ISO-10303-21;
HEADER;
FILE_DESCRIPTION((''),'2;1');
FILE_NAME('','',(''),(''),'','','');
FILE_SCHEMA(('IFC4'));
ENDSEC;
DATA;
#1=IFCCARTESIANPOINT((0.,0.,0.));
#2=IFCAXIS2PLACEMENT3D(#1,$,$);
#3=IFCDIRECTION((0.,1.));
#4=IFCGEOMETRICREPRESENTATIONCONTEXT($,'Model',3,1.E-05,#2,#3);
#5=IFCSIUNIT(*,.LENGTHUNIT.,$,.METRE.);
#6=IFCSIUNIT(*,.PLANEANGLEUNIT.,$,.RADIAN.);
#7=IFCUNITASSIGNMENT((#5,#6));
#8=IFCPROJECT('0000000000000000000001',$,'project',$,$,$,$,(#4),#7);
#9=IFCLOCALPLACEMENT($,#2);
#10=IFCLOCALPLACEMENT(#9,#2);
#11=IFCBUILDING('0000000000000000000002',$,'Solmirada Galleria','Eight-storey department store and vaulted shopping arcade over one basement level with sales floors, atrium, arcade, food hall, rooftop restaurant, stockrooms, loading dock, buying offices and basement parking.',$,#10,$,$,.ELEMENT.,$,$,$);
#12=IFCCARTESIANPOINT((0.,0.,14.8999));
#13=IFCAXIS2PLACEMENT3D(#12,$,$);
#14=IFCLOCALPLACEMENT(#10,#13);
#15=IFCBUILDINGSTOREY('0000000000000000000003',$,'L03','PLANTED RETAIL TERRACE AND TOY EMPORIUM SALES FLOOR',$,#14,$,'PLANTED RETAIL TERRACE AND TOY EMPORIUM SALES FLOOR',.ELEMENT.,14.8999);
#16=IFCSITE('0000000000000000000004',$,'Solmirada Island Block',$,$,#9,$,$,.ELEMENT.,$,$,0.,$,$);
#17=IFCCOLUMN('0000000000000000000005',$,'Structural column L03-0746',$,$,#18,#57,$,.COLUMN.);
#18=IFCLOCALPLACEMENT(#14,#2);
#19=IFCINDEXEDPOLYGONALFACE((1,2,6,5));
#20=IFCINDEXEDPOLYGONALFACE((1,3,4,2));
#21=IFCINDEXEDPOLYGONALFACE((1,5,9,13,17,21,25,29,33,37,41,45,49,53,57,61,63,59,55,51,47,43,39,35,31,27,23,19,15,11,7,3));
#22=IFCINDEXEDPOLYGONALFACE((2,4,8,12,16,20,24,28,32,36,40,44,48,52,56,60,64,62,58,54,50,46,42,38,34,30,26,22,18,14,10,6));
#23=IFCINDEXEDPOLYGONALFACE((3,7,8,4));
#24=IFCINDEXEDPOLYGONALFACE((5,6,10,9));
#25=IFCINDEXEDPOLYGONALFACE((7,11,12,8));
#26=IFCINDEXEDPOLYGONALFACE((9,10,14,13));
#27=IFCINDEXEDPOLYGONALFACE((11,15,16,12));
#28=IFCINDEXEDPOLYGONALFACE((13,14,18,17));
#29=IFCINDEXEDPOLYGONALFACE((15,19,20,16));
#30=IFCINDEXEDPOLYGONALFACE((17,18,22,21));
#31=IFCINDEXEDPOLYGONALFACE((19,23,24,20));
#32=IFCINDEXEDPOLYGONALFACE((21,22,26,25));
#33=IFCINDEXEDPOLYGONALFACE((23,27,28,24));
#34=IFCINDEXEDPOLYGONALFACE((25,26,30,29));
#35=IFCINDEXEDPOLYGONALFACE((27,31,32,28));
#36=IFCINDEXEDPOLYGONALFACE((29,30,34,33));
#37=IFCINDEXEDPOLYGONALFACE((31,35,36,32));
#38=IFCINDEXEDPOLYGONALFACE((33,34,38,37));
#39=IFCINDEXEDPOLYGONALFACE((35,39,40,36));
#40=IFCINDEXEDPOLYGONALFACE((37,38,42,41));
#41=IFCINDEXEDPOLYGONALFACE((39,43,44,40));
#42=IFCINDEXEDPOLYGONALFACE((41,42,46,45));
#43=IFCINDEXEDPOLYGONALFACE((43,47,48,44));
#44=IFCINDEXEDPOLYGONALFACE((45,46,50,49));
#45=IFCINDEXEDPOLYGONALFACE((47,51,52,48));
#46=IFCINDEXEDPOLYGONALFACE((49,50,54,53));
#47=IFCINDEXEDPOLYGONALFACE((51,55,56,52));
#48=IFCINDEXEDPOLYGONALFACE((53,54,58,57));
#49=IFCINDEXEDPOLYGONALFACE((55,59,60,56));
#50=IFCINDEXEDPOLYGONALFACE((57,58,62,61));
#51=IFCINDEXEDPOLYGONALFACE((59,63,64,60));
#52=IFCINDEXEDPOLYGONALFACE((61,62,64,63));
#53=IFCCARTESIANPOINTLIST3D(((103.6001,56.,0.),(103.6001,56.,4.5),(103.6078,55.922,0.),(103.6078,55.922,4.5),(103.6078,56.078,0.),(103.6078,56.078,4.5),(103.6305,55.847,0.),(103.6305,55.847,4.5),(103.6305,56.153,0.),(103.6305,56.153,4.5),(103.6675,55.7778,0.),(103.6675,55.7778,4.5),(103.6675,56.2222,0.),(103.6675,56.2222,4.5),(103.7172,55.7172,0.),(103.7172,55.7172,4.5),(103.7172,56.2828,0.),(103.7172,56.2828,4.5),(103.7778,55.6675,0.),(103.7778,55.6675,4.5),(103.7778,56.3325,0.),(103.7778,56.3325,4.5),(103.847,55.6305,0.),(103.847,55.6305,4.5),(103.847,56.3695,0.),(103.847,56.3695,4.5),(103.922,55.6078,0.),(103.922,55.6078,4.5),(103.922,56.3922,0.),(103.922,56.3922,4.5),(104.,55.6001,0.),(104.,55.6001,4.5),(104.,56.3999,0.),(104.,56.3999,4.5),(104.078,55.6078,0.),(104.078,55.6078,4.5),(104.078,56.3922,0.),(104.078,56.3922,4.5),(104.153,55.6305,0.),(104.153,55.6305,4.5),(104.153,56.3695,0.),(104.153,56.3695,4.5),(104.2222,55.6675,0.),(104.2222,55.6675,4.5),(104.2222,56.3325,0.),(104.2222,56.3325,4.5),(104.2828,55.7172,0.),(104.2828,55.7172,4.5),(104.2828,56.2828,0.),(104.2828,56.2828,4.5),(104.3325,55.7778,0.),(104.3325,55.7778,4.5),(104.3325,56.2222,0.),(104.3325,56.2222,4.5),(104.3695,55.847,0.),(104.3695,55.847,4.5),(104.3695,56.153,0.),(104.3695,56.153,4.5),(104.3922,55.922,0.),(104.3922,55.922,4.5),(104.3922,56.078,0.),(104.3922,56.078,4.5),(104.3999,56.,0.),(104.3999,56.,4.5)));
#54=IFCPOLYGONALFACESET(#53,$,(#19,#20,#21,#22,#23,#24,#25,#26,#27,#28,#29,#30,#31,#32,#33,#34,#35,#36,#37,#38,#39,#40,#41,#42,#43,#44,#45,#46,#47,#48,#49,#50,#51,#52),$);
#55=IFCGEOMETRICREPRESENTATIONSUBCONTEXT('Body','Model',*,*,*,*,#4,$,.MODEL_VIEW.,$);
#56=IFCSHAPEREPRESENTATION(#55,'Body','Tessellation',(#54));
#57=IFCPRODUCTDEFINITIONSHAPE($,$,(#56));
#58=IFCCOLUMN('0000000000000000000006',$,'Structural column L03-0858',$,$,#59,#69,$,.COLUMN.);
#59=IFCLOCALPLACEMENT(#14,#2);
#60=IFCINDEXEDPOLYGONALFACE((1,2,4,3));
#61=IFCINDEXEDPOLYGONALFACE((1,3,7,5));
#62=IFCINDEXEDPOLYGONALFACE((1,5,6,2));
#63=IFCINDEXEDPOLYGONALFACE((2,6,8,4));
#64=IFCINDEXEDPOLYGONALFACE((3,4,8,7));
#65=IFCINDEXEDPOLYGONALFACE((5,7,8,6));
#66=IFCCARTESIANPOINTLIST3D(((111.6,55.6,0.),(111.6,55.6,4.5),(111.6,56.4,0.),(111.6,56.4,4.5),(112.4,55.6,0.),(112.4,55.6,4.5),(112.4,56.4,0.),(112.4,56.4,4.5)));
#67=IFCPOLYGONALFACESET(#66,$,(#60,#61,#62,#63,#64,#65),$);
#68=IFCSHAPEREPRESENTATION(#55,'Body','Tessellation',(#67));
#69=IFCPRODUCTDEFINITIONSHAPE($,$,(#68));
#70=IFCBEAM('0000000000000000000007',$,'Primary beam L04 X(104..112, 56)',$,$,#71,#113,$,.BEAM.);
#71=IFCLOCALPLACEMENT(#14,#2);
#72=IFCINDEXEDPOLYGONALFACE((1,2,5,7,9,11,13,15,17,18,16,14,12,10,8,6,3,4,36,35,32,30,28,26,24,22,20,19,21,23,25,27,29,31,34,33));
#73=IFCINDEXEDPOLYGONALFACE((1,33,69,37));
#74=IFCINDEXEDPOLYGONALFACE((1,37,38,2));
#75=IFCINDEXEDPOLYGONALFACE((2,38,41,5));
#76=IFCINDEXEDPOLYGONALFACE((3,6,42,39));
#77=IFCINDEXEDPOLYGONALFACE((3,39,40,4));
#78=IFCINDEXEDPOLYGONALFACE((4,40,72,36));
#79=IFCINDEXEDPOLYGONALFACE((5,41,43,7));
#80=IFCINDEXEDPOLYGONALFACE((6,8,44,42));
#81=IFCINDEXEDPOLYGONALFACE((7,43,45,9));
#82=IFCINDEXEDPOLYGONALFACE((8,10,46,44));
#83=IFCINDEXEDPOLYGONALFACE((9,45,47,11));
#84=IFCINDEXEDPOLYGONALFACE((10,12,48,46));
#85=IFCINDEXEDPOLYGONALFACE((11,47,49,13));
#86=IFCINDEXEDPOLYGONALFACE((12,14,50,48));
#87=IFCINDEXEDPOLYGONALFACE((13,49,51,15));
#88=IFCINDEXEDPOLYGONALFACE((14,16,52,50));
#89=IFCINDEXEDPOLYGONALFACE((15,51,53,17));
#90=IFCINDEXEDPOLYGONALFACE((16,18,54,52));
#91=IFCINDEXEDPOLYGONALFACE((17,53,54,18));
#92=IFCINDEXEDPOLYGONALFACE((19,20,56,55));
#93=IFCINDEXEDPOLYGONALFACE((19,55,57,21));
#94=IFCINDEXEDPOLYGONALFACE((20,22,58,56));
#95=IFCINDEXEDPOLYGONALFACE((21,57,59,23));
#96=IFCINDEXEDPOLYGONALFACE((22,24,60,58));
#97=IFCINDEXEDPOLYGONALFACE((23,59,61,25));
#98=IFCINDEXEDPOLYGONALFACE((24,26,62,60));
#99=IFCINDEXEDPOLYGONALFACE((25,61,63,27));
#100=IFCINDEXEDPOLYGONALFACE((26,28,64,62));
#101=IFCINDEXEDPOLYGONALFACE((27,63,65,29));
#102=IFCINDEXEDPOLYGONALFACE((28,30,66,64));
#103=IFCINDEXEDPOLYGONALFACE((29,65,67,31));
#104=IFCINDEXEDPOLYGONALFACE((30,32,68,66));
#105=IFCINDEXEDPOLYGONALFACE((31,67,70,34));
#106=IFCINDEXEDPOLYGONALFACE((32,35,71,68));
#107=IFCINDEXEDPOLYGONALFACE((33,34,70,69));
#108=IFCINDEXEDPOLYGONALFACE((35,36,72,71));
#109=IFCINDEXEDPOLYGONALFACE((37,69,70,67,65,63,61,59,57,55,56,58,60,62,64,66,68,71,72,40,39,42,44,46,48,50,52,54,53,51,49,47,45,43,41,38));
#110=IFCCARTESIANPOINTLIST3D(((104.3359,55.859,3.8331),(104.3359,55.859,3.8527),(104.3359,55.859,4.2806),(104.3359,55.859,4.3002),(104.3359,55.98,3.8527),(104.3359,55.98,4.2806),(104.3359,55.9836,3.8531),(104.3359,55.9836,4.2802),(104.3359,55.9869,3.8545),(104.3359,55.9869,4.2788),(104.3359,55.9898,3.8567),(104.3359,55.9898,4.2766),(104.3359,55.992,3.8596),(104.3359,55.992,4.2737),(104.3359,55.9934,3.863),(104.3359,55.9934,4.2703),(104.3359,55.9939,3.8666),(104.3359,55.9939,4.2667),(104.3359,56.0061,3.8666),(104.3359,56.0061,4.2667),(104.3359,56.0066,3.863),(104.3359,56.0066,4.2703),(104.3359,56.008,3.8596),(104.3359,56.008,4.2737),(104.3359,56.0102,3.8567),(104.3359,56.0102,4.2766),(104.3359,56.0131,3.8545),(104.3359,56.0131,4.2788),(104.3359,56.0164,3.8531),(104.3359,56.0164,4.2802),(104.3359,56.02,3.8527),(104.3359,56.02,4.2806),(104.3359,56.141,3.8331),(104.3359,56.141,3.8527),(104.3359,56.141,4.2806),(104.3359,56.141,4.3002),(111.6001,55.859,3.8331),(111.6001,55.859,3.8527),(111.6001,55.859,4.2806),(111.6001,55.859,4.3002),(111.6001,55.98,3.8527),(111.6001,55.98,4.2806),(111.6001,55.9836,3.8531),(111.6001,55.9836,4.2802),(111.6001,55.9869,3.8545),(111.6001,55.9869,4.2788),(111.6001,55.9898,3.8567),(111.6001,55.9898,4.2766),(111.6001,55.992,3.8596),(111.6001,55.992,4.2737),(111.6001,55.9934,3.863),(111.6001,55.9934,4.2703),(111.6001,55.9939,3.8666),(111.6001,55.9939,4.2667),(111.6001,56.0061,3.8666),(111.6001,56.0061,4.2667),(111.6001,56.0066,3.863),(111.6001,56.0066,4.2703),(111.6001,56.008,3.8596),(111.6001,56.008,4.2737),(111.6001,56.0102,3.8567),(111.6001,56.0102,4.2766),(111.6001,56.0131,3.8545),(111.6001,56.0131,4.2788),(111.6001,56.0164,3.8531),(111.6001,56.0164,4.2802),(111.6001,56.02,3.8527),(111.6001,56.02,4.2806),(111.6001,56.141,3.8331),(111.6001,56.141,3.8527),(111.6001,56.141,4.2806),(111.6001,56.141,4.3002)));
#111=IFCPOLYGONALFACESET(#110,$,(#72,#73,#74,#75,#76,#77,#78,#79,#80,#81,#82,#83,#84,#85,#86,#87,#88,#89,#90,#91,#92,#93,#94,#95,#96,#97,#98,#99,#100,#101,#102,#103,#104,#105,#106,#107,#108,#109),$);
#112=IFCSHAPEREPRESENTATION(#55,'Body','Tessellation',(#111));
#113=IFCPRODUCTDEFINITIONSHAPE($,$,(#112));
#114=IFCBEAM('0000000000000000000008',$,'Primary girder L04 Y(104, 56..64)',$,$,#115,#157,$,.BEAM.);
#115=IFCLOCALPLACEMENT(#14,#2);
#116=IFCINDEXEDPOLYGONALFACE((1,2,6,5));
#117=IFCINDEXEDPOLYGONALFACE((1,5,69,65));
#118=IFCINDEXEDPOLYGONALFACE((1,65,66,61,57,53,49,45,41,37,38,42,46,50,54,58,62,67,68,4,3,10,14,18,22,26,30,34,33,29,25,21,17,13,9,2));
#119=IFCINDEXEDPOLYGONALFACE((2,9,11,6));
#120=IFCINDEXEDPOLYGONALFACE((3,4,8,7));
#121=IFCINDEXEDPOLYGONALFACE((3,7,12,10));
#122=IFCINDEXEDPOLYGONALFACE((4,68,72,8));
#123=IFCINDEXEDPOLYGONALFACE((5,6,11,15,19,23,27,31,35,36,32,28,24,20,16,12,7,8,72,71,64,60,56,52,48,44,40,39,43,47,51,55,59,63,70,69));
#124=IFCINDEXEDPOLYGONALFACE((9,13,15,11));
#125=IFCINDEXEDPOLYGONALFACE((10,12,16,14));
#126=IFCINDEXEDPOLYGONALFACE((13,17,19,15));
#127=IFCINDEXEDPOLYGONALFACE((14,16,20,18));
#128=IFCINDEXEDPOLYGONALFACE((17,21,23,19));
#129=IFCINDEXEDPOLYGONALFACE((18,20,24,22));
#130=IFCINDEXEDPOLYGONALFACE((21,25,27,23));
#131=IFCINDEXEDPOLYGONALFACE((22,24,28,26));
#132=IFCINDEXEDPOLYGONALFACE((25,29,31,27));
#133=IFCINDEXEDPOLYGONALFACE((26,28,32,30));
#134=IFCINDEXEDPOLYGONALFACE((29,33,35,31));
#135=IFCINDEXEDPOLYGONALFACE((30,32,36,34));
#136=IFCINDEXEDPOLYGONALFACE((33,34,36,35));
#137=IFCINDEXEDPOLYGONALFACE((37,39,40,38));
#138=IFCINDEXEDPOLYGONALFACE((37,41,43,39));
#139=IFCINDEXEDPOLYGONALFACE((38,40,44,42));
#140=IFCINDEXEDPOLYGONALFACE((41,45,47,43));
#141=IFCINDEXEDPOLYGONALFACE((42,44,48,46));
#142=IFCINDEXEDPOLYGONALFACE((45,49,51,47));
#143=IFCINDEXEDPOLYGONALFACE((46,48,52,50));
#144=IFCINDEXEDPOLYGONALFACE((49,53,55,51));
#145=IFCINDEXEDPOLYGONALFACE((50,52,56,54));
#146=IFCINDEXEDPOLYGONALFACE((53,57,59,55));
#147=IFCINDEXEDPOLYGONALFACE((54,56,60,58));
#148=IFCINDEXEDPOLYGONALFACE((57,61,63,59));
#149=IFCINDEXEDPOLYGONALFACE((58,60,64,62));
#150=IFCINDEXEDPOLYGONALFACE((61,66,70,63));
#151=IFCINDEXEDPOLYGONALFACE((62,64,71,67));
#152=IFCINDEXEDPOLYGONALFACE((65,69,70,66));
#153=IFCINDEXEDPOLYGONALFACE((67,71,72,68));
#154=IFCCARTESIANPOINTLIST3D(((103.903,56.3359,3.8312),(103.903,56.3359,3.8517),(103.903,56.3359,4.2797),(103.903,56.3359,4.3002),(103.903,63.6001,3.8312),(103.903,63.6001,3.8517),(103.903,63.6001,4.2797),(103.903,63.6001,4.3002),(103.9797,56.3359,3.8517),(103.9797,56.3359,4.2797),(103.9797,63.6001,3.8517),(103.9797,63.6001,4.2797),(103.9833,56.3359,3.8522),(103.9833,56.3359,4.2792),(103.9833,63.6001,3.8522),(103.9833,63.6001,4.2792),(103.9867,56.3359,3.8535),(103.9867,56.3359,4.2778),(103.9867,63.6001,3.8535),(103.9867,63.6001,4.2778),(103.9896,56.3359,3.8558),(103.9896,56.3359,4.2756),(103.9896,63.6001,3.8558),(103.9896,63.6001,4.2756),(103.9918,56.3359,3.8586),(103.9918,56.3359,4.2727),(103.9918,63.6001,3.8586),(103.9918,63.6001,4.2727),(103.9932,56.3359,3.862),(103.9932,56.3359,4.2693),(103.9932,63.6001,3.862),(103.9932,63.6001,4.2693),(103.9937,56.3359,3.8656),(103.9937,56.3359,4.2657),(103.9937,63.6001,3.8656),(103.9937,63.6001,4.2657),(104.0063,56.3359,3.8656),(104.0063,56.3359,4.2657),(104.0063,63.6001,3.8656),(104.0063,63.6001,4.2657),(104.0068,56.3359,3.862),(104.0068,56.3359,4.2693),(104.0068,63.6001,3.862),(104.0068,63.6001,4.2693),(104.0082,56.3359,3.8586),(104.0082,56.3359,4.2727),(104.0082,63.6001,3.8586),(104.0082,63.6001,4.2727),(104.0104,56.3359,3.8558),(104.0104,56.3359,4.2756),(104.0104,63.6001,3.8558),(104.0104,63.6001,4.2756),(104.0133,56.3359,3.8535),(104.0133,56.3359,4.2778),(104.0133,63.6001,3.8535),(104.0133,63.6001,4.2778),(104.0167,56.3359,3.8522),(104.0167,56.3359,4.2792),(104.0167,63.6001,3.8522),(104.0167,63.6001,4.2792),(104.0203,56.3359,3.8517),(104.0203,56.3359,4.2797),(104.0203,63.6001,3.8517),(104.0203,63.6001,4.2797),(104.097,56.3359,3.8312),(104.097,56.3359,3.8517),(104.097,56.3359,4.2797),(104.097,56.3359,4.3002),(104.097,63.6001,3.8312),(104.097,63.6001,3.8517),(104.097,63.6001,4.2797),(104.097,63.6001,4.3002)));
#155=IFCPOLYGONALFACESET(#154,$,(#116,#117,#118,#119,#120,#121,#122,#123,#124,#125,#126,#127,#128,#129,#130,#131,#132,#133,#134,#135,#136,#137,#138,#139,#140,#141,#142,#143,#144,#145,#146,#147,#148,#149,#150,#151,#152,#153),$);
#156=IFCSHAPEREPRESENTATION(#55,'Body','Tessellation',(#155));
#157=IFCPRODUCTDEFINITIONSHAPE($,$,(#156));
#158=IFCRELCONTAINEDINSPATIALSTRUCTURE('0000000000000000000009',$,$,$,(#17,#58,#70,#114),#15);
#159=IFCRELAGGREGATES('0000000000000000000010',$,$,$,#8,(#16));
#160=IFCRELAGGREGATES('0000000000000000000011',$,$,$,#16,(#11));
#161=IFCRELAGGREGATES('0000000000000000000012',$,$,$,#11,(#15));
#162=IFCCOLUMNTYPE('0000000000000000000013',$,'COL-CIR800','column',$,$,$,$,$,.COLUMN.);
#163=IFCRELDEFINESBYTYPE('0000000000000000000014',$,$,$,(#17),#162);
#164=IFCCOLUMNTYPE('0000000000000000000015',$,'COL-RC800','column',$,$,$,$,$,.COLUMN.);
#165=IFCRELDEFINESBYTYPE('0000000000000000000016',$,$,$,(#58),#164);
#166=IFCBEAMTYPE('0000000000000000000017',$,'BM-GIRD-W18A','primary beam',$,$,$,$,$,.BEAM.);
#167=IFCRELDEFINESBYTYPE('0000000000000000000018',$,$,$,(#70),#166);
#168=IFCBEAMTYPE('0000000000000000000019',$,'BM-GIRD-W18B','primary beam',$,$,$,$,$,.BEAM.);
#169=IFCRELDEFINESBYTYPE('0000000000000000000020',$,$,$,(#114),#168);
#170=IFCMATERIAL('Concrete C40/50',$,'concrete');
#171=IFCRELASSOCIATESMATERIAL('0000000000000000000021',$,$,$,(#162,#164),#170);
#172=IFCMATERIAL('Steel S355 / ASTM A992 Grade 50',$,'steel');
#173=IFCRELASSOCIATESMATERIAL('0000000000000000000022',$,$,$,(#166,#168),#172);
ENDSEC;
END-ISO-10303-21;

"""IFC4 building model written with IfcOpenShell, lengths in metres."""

from ifc_helpers import new_model, si_unit, direction, frame, origin, origin_2d, place, context, subcontext, project, spatial, rectangle, circle, i_section, extrude, material, material_profile, profile_set, type_object, element, save


model = new_model("IFC4")

# Units and contexts
model_context = context("Model", 3, precision=1e-05, world=origin(), true_north=direction((0.0, 1.0)))
body_context = subcontext(model_context, "Body", "Model", "MODEL_VIEW")
ifc_project = project(units=[si_unit("LENGTHUNIT", "METRE"), si_unit("PLANEANGLEUNIT", "RADIAN")], contexts=[model_context])

# Site, building, storey
site_placement = place(None, origin())
site = spatial("IfcSite", under=ifc_project, at=site_placement, Name="Solmirada Island Block", CompositionType="ELEMENT", RefElevation=0.0)
building_placement = place(site_placement, origin())
building = spatial("IfcBuilding", under=site, at=building_placement, Name="Solmirada Galleria", Description="Eight-storey department store and vaulted shopping arcade over one basement level with sales floors, atrium, arcade, food hall, rooftop restaurant, stockrooms, loading dock, buying offices and basement parking.", CompositionType="ELEMENT")
storey_placement = place(building_placement, frame((0.0, 0.0, 14.8999)))
storey = spatial("IfcBuildingStorey", under=building, at=storey_placement, Name="L03", Description="PLANTED RETAIL TERRACE AND TOY EMPORIUM SALES FLOOR", LongName="PLANTED RETAIL TERRACE AND TOY EMPORIUM SALES FLOOR", CompositionType="ELEMENT", Elevation=14.8999)

# Columns
ifc_material_1 = material(Name="Concrete C40/50", Category="concrete")
ifc_material_profile_1 = material_profile(ifc_material_1, circle(Radius=0.3999, at=origin_2d()), Name="RCCOL800")
ifc_profile_set_1 = profile_set([ifc_material_profile_1], Name="Concrete C40/50")
column_type_1 = type_object("IfcColumnType", Name="COL-CIR800", Description="column", PredefinedType="COLUMN", material=ifc_profile_set_1)
column_1_placement = place(storey_placement, frame((104.0, 56.0, 0.0), z_axis=(0.0, 0.0, 1.0), x_axis=(1.0, 0.0, 0.0)))
element("IfcColumn", 1, at=column_1_placement, inside=storey, type_object=column_type_1, Name="Structural column L03-0746", PredefinedType="COLUMN", context=body_context, shape_type="SweptSolid", body=[
    extrude(circle(Radius=0.3999, at=origin_2d()), origin(), (0.0, 0.0, 1.0), 4.5),
])
ifc_material_profile_2 = material_profile(ifc_material_1, rectangle(XDim=0.8, YDim=0.8, at=origin_2d()), Name="RC800X800")
ifc_profile_set_2 = profile_set([ifc_material_profile_2], Name="Concrete C40/50")
column_type_2 = type_object("IfcColumnType", Name="COL-RC800", Description="column", PredefinedType="COLUMN", material=ifc_profile_set_2)
column_2_placement = place(storey_placement, frame((112.0, 56.0, 0.0), z_axis=(0.0, 0.0, 1.0), x_axis=(1.0, 0.0, 0.0)))
element("IfcColumn", 2, at=column_2_placement, inside=storey, type_object=column_type_2, Name="Structural column L03-0858", PredefinedType="COLUMN", context=body_context, shape_type="SweptSolid", body=[
    extrude(rectangle(XDim=0.8, YDim=0.8, at=origin_2d()), origin(), (0.0, 0.0, 1.0), 4.5),
])

# Beams
ifc_material_2 = material(Name="Steel S355 / ASTM A992 Grade 50", Category="steel")
ifc_material_profile_3 = material_profile(ifc_material_2, i_section(OverallWidth=0.282, OverallDepth=0.467, WebThickness=0.0122, FlangeThickness=0.0195, FilletRadius=0.0139, at=origin_2d()), Name="W18X86")
ifc_profile_set_3 = profile_set([ifc_material_profile_3], Name="Steel S355 / ASTM A992 Grade 50")
beam_type_1 = type_object("IfcBeamType", Name="BM-GIRD-W18A", Description="primary beam", PredefinedType="BEAM", material=ifc_profile_set_3)
beam_1_placement = place(storey_placement, frame((104.3359, 56.0, 4.0667), z_axis=(1.0, 0.0, 0.0), x_axis=(0.0, 1.0, 0.0)))
element("IfcBeam", 3, at=beam_1_placement, inside=storey, type_object=beam_type_1, Name="Primary beam L04 X(104..112, 56)", PredefinedType="BEAM", context=body_context, shape_type="SweptSolid", body=[
    extrude(i_section(OverallWidth=0.282, OverallDepth=0.467, WebThickness=0.0122, FlangeThickness=0.0195, FilletRadius=0.0139, at=origin_2d()), origin(), (0.0, 0.0, 1.0), 7.2642),
])
ifc_material_profile_4 = material_profile(ifc_material_2, i_section(OverallWidth=0.1941, OverallDepth=0.469, WebThickness=0.0127, FlangeThickness=0.0205, FilletRadius=0.0139, at=origin_2d()), Name="W18X71")
ifc_profile_set_4 = profile_set([ifc_material_profile_4], Name="Steel S355 / ASTM A992 Grade 50")
beam_type_2 = type_object("IfcBeamType", Name="BM-GIRD-W18B", Description="primary beam", PredefinedType="BEAM", material=ifc_profile_set_4)
beam_2_placement = place(storey_placement, frame((104.0, 56.3359, 4.0657), z_axis=(0.0, 1.0, 0.0), x_axis=(-1.0, 0.0, 0.0)))
element("IfcBeam", 4, at=beam_2_placement, inside=storey, type_object=beam_type_2, Name="Primary girder L04 Y(104, 56..64)", PredefinedType="BEAM", context=body_context, shape_type="SweptSolid", body=[
    extrude(i_section(OverallWidth=0.1941, OverallDepth=0.469, WebThickness=0.0127, FlangeThickness=0.0205, FilletRadius=0.0139, at=origin_2d()), origin(), (0.0, 0.0, 1.0), 7.2642),
])

save(model, "model.ifc")
